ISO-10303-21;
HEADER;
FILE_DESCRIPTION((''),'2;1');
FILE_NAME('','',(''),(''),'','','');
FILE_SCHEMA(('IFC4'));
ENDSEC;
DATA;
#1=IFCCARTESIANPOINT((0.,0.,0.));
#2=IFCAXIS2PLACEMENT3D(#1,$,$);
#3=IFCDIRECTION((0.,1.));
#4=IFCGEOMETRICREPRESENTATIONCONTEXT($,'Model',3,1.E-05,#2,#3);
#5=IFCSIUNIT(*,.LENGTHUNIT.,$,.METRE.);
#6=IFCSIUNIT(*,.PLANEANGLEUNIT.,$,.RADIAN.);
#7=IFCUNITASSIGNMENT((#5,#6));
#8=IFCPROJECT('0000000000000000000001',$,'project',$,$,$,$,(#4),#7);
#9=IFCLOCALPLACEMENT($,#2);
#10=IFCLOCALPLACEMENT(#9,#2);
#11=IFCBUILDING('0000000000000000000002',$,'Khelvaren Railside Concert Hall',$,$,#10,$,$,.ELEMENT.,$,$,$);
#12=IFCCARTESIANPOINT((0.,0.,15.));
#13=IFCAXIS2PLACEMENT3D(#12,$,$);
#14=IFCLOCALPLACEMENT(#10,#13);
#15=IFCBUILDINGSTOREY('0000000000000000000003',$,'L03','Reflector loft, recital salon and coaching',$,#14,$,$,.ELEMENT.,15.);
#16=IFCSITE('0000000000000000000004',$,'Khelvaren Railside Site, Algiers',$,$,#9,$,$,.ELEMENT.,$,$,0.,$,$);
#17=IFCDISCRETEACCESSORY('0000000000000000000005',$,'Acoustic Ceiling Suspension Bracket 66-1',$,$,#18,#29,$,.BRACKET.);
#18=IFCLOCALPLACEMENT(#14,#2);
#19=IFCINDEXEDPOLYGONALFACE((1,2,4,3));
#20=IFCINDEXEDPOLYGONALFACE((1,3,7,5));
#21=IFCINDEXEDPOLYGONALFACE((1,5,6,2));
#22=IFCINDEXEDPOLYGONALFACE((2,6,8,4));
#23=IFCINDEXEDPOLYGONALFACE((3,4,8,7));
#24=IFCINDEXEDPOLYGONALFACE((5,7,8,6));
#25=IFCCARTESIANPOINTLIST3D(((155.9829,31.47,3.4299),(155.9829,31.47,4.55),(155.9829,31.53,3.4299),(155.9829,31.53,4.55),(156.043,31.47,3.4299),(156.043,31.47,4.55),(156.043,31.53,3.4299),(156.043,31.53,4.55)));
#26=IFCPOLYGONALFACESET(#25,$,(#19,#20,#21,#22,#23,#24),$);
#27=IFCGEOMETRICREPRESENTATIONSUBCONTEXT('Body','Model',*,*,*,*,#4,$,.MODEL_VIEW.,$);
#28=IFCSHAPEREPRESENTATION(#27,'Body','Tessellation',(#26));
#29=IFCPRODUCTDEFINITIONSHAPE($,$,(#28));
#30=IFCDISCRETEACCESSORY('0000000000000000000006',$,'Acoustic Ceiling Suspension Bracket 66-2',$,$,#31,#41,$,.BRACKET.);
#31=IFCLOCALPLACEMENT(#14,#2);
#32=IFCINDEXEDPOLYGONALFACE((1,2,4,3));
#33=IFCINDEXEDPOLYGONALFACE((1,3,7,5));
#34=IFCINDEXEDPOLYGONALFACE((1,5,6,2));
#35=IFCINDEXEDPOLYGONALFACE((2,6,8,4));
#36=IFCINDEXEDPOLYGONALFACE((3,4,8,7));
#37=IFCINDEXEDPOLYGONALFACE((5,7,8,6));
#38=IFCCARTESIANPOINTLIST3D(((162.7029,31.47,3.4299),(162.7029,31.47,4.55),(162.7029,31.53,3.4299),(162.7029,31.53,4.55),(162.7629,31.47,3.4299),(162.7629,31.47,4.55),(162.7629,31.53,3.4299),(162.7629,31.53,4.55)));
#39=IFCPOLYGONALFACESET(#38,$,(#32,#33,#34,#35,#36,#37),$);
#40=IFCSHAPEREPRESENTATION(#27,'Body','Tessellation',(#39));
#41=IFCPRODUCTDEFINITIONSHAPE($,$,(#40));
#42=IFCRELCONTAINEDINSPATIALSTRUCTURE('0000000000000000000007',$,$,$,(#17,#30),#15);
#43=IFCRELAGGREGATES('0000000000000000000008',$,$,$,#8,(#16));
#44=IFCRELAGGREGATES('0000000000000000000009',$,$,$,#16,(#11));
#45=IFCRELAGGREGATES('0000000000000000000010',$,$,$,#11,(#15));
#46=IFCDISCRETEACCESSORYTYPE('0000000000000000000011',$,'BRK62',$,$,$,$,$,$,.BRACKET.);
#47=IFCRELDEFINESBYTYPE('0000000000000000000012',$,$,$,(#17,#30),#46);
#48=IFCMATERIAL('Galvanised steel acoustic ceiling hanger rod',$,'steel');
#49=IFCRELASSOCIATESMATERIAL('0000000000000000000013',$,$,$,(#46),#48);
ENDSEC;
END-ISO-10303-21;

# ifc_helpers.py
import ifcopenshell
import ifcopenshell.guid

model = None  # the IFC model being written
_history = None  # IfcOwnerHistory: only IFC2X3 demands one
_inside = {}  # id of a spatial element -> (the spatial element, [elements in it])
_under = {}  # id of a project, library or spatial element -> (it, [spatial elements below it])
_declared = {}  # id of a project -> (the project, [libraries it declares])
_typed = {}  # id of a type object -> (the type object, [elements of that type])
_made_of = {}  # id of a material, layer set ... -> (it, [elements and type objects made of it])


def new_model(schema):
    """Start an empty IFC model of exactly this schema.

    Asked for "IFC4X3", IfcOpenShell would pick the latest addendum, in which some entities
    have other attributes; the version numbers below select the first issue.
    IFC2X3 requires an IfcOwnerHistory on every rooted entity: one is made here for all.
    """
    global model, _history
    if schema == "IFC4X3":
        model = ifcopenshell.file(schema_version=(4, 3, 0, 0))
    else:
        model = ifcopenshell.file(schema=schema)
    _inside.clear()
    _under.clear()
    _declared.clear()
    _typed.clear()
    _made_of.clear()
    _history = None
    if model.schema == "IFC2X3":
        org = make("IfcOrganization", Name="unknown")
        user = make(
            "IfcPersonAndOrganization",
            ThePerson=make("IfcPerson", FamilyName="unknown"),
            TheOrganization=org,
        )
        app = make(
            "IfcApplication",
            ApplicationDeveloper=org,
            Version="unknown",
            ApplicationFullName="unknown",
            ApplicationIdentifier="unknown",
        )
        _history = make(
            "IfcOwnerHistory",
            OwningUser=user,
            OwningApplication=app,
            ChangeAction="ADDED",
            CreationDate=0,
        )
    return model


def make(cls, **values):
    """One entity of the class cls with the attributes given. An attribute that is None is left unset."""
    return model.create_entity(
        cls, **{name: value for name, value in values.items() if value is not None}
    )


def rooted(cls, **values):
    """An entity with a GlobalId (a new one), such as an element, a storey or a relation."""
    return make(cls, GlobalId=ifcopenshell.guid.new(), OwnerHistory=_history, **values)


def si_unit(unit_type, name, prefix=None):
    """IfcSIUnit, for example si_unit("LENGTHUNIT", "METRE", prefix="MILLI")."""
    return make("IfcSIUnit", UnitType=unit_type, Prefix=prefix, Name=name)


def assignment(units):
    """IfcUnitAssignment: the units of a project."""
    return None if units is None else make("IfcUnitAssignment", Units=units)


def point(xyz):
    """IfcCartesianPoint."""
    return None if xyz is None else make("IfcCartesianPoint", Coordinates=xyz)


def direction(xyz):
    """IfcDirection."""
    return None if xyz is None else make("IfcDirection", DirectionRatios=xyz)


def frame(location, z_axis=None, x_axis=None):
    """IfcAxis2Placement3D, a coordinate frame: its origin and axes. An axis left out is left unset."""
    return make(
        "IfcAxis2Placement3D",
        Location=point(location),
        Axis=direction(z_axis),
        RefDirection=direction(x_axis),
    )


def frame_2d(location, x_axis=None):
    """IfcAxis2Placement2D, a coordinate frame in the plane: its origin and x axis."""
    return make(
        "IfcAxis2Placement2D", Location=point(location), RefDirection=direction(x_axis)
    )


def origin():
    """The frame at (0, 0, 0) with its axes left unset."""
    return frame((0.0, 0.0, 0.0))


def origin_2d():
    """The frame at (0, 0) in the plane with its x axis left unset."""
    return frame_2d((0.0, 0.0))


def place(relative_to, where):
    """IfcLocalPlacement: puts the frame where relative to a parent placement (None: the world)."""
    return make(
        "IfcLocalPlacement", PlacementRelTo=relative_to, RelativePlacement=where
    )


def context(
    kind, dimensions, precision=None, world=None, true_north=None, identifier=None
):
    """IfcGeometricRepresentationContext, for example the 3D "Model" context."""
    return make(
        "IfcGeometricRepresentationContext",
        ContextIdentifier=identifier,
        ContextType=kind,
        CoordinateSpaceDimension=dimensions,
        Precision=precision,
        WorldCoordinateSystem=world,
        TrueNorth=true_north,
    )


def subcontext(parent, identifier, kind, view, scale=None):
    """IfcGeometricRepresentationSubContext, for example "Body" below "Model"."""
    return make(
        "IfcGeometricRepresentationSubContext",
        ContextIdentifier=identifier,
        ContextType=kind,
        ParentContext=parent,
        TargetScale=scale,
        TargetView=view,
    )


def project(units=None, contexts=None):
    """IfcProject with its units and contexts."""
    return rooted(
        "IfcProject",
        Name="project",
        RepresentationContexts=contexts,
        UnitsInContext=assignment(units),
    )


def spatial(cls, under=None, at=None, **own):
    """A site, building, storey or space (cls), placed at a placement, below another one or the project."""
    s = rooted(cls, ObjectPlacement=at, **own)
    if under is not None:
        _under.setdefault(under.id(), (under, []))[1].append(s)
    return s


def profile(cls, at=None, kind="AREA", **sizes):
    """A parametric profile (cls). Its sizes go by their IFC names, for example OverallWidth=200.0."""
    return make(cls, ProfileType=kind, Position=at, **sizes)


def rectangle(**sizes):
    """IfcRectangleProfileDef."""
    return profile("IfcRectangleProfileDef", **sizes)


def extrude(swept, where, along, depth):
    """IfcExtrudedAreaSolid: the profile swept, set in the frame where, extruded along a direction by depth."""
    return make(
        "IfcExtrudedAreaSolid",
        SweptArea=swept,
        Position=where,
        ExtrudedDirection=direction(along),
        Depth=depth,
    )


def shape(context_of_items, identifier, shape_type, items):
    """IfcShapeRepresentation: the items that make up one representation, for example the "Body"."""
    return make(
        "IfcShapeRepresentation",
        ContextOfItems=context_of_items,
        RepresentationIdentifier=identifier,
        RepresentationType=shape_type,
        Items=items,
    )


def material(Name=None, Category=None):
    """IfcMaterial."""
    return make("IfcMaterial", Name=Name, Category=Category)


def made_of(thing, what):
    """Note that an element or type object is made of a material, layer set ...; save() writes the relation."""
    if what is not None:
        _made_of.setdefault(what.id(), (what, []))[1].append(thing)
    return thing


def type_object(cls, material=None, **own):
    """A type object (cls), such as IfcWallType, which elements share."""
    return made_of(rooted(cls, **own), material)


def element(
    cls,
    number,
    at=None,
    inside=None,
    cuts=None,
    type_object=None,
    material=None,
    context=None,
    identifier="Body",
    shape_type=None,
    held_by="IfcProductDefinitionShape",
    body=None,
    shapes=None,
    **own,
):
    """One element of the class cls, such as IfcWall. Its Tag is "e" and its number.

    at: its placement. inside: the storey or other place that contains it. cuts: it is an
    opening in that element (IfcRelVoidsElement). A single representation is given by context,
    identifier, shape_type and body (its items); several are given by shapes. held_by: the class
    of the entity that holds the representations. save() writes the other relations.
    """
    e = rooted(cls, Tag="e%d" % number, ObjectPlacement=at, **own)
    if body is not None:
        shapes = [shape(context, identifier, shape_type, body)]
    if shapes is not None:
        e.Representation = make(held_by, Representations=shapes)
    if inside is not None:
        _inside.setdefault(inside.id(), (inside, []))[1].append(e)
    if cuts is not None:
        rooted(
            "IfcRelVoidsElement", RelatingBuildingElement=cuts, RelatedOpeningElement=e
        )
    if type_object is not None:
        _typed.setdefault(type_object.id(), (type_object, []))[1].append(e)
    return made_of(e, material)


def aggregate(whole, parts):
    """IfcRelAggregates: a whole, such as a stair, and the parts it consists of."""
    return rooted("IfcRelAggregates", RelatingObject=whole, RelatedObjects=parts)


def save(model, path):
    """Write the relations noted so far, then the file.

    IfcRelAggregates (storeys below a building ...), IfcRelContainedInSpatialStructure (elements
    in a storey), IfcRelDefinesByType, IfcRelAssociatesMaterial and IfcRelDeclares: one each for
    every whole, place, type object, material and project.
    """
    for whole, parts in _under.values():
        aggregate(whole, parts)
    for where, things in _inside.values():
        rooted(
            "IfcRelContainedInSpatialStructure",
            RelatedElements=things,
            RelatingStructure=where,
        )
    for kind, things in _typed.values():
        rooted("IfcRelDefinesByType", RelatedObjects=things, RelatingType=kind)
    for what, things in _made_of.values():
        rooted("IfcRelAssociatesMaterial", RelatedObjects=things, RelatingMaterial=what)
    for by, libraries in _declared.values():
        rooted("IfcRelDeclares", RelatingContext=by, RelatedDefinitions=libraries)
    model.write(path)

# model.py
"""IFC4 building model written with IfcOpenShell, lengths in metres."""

from ifc_helpers import new_model, si_unit, direction, frame, origin, origin_2d, place, context, subcontext, project, spatial, rectangle, extrude, material, type_object, element, save


model = new_model("IFC4")

# Units and contexts
model_context = context("Model", 3, precision=1e-05, world=origin(), true_north=direction((0.0, 1.0)))
body_context = subcontext(model_context, "Body", "Model", "MODEL_VIEW")
ifc_project = project(units=[si_unit("LENGTHUNIT", "METRE"), si_unit("PLANEANGLEUNIT", "RADIAN")], contexts=[model_context])

# Site, building, storey
site_placement = place(None, origin())
site = spatial("IfcSite", under=ifc_project, at=site_placement, Name="Khelvaren Railside Site, Algiers", CompositionType="ELEMENT", RefElevation=0.0)
building_placement = place(site_placement, origin())
building = spatial("IfcBuilding", under=site, at=building_placement, Name="Khelvaren Railside Concert Hall", CompositionType="ELEMENT")
storey_placement = place(building_placement, frame((0.0, 0.0, 15.0)))
storey = spatial("IfcBuildingStorey", under=building, at=storey_placement, Name="L03", Description="Reflector loft, recital salon and coaching", CompositionType="ELEMENT", Elevation=15.0)

# Discrete accessories
ifc_material_1 = material(Name="Galvanised steel acoustic ceiling hanger rod", Category="steel")
discrete_accessory_type = type_object("IfcDiscreteAccessoryType", Name="BRK62", PredefinedType="BRACKET", material=ifc_material_1)
for number, where, z_axis, x_axis, name in (
    (1, (156.0129, 31.5, 3.4299), (0.0, 0.0, 1.0), (1.0, 0.0, 0.0), "Acoustic Ceiling Suspension Bracket 66-1"),
    (2, (162.7329, 31.5, 3.4299), (0.0, 0.0, 1.0), (1.0, 0.0, 0.0), "Acoustic Ceiling Suspension Bracket 66-2"),
):
    element("IfcDiscreteAccessory", number, at=place(storey_placement, frame(where, z_axis=z_axis, x_axis=x_axis)), inside=storey, type_object=discrete_accessory_type, Name=name, PredefinedType="BRACKET", context=body_context, shape_type="SweptSolid", body=[
        extrude(rectangle(XDim=0.0601, YDim=0.0601, at=origin_2d()), origin(), (0.0, 0.0, 1.0), 1.1201),
    ])

save(model, "model.ifc")
